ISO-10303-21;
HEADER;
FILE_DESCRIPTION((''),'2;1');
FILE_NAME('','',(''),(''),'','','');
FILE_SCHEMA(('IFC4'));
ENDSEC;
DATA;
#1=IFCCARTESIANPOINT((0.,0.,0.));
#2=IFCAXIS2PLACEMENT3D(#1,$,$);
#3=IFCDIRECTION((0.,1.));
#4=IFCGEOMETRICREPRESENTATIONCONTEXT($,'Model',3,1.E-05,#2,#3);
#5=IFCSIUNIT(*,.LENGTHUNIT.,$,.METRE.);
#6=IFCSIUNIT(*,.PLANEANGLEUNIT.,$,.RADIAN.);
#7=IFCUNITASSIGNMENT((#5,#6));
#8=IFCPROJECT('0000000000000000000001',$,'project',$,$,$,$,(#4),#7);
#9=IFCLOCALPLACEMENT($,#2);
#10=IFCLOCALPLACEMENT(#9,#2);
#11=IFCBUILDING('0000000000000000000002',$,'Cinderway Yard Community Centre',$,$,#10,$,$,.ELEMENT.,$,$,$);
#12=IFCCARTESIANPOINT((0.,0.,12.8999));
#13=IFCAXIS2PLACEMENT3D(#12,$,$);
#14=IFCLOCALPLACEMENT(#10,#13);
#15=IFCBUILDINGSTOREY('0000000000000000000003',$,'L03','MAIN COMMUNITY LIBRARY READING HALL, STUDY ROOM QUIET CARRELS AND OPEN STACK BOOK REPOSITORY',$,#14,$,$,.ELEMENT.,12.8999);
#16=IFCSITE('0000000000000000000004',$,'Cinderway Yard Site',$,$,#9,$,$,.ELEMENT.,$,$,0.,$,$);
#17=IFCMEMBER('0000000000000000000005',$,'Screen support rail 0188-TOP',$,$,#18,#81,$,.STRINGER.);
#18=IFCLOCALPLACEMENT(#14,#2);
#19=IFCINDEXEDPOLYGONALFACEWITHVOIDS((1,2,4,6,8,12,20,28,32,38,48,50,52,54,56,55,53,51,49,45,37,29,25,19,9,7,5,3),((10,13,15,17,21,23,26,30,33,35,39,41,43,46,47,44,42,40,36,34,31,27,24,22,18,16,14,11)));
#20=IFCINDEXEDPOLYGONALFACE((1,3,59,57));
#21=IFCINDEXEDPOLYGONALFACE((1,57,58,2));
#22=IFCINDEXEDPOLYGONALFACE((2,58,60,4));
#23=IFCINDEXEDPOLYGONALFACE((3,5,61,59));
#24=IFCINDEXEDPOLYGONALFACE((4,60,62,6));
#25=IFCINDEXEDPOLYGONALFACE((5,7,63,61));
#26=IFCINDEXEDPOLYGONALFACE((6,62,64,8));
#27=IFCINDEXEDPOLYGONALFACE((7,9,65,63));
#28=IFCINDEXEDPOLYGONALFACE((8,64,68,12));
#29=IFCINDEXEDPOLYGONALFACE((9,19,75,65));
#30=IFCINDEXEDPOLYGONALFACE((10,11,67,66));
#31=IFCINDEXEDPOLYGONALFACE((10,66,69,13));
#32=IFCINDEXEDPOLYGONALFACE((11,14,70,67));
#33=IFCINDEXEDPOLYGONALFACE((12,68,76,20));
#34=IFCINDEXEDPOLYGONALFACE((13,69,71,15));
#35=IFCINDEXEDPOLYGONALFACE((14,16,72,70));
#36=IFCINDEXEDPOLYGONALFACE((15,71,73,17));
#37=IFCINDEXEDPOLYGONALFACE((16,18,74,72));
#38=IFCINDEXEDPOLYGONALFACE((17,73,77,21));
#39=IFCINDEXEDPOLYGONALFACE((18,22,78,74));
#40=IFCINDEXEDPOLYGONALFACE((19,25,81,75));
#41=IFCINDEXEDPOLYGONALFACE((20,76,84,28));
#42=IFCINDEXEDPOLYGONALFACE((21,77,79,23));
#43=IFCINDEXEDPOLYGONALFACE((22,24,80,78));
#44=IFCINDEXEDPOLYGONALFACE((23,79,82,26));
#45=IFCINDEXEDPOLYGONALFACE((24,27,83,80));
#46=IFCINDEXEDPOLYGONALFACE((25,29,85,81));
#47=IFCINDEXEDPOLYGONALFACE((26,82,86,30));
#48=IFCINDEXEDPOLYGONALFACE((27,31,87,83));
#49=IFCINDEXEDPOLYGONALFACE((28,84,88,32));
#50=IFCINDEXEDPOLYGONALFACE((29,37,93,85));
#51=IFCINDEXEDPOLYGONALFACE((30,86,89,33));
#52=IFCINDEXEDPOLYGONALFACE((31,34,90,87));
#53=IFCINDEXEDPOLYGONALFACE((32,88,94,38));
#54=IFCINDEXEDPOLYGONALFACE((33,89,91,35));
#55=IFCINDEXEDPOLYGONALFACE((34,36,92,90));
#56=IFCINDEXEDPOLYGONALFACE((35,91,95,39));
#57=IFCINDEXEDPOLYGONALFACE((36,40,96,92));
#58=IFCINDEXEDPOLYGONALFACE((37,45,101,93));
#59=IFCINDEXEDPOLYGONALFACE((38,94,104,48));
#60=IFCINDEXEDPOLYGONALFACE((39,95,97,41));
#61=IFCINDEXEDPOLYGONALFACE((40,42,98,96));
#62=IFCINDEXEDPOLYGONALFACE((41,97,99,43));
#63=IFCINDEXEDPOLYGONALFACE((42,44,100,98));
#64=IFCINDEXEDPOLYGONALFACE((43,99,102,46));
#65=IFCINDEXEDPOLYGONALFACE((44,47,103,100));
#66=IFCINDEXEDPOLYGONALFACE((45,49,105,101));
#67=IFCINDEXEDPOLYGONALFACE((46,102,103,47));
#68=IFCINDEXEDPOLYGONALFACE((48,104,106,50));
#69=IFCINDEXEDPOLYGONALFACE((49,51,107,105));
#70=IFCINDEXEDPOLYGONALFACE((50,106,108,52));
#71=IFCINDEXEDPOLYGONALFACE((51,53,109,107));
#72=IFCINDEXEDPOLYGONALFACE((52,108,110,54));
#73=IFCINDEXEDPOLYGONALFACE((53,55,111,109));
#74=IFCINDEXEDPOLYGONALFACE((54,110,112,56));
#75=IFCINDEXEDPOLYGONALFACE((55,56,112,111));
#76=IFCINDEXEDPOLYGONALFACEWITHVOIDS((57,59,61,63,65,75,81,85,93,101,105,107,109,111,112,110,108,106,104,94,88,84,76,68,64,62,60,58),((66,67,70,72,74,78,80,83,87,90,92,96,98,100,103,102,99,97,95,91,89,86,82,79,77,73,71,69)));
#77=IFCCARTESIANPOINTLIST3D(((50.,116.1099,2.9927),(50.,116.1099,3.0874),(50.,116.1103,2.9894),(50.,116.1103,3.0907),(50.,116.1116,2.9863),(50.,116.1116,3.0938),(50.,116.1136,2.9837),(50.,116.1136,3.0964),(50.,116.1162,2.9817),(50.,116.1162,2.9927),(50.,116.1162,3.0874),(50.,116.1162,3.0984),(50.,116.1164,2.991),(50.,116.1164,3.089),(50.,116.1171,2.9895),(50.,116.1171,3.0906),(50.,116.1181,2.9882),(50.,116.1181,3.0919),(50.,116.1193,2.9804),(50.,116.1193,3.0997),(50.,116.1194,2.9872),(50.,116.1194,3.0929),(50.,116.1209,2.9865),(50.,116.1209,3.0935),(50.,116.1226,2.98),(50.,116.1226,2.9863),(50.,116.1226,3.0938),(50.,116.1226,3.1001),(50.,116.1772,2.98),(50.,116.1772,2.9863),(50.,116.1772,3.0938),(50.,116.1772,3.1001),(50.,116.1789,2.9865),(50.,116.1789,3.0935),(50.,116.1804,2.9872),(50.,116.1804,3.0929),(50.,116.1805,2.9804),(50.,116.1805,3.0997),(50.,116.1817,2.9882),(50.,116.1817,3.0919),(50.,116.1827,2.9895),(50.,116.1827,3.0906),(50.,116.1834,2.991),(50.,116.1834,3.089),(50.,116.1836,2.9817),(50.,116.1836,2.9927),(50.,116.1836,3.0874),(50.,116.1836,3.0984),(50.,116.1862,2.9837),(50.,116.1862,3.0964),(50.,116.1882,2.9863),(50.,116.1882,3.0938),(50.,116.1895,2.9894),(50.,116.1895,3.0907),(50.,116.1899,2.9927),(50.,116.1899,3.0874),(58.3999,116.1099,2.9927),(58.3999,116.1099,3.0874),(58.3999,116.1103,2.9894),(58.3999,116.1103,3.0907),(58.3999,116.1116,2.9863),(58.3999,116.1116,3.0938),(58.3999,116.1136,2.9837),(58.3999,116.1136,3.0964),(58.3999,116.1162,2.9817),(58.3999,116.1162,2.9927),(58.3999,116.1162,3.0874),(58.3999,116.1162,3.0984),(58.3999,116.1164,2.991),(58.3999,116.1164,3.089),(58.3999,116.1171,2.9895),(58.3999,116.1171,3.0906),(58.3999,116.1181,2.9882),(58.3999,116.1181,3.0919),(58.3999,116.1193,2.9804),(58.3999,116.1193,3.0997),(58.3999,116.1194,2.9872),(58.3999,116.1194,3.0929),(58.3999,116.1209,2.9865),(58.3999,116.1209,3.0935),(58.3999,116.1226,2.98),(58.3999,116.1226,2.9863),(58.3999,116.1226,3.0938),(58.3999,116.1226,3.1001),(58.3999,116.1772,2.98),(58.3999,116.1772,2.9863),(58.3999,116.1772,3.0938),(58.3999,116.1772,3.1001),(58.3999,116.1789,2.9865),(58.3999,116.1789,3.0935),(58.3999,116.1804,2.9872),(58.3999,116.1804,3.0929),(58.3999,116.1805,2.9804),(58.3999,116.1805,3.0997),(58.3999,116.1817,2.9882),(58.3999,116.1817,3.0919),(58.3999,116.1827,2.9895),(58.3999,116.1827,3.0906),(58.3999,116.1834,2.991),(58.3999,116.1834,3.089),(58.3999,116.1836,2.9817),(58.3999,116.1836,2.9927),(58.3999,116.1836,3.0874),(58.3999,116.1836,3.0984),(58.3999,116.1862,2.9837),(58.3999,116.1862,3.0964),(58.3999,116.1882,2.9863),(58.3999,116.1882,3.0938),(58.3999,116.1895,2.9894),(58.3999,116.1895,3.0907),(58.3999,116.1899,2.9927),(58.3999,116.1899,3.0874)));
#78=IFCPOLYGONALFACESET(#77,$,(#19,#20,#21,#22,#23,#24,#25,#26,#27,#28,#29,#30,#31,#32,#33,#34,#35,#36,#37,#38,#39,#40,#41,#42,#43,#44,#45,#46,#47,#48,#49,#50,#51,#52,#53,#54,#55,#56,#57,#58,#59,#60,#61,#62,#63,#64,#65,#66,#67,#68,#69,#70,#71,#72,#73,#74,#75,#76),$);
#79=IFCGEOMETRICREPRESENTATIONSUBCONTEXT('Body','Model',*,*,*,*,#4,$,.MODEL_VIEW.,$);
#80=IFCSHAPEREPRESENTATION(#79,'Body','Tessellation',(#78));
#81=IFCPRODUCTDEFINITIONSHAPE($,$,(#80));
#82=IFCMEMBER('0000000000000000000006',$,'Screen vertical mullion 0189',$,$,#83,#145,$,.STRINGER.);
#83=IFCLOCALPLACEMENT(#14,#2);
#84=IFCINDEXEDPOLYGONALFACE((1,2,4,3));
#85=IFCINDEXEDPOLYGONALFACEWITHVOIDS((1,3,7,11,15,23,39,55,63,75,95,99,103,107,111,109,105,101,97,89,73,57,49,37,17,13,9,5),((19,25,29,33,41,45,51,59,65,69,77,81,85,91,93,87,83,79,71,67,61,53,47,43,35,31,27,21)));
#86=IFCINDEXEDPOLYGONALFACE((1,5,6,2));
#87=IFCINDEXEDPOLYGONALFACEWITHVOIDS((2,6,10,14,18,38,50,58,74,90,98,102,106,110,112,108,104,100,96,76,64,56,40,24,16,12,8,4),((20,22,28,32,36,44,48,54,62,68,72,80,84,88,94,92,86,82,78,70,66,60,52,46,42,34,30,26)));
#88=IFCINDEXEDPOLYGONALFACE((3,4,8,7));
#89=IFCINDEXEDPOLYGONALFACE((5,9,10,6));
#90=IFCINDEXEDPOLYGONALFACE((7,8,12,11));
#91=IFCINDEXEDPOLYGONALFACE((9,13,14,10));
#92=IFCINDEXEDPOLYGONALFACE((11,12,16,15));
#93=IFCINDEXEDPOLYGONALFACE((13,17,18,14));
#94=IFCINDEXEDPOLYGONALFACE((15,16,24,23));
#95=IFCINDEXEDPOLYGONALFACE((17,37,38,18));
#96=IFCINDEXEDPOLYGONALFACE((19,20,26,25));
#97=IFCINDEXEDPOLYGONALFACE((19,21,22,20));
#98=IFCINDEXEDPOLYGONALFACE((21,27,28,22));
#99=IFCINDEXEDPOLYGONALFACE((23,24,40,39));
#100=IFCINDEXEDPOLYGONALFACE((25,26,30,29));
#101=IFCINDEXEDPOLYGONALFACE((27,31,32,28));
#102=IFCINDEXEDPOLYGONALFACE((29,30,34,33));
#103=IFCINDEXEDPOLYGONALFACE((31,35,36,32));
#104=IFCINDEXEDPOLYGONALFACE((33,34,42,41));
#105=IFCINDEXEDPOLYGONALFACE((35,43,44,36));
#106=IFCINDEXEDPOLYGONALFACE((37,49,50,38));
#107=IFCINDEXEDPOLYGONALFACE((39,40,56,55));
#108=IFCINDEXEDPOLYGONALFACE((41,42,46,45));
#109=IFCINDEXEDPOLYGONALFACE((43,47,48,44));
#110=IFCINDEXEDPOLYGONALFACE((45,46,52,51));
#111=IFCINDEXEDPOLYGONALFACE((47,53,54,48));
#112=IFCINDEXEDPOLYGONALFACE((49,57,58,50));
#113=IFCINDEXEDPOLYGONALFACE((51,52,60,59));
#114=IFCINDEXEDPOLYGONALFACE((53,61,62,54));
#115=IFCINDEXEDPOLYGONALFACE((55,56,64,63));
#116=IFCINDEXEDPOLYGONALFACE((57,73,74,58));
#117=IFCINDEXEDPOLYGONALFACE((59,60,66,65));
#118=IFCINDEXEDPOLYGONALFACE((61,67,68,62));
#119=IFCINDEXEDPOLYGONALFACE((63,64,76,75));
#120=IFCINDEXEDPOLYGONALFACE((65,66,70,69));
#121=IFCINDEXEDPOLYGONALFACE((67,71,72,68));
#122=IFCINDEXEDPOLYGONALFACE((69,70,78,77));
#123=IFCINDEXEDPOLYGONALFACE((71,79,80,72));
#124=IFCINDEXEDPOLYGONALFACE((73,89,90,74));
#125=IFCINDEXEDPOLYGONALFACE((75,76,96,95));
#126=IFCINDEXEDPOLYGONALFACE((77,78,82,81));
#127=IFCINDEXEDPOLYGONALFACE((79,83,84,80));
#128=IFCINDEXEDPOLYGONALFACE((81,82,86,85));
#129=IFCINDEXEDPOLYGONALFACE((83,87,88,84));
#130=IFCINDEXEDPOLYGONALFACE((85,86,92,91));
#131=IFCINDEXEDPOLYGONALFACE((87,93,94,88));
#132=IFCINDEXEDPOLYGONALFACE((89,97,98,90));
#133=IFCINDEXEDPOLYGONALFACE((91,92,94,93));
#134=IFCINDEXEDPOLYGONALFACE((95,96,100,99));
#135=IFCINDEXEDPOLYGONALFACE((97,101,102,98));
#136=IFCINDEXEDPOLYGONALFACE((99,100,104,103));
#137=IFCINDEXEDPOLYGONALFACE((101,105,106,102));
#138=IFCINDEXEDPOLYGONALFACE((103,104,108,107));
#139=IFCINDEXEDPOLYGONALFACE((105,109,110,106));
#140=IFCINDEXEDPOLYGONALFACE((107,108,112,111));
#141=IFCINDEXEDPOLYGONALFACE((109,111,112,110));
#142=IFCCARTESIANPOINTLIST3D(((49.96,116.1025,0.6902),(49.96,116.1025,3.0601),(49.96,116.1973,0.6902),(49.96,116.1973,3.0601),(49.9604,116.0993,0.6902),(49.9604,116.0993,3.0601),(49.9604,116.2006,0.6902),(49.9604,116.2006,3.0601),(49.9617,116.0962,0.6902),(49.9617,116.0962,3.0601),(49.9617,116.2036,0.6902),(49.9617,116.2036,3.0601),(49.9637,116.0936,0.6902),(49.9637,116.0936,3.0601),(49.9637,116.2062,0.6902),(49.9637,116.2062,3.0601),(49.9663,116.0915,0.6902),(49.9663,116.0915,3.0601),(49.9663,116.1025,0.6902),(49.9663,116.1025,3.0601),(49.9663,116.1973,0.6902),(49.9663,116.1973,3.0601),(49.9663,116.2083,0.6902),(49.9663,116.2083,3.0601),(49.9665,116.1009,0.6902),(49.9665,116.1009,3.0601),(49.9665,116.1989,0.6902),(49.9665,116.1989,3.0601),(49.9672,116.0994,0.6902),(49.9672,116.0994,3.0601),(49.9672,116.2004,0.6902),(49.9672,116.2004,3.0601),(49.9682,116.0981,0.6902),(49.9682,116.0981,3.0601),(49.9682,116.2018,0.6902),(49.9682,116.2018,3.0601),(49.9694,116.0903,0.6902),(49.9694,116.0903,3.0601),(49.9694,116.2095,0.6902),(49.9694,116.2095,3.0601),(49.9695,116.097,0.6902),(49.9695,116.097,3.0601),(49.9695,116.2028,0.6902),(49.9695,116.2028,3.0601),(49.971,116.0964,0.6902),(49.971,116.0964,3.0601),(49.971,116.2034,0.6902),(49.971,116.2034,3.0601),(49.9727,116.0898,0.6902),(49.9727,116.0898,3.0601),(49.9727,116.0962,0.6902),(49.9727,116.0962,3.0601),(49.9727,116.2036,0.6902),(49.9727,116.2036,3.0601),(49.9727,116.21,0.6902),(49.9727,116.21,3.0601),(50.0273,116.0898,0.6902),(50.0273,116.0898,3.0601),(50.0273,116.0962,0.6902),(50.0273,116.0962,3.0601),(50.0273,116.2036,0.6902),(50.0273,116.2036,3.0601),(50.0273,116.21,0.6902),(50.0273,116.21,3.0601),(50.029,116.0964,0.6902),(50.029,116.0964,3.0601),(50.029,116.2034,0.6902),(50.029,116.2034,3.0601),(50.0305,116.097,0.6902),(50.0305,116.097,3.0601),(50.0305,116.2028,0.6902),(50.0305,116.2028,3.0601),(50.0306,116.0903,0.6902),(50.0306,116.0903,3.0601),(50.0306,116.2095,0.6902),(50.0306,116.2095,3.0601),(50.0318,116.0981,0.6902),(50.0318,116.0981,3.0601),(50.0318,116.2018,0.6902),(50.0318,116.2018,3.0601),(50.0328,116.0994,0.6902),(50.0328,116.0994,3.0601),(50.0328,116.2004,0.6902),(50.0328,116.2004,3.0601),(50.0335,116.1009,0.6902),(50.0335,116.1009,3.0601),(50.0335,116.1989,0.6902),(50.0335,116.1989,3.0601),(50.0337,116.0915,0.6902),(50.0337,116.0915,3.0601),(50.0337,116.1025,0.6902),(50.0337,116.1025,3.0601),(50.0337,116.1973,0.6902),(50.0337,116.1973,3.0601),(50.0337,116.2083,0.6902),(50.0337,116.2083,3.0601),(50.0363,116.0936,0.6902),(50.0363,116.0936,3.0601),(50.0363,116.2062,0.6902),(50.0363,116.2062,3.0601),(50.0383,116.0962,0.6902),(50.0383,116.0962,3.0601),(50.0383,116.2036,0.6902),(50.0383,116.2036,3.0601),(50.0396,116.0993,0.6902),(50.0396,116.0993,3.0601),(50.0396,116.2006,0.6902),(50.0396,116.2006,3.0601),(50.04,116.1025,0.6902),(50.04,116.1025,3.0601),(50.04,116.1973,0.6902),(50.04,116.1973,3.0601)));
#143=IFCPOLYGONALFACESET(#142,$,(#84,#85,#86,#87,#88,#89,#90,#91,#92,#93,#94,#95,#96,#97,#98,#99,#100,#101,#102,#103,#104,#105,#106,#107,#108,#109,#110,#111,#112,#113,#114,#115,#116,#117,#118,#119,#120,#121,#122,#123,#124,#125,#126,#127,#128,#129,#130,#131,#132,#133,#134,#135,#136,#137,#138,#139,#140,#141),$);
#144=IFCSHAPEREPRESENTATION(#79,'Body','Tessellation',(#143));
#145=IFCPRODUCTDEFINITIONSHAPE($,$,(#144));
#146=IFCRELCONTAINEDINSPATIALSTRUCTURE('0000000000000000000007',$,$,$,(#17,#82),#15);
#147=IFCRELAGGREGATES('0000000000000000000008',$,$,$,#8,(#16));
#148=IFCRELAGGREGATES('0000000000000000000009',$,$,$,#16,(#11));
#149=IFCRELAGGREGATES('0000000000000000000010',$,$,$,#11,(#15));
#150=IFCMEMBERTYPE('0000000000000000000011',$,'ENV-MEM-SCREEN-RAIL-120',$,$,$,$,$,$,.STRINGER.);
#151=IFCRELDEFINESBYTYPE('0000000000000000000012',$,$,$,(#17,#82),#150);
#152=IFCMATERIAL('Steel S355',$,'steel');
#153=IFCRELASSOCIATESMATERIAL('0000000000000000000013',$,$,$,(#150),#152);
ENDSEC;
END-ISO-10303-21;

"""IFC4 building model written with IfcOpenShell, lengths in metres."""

from ifc_helpers import new_model, si_unit, direction, frame, origin, origin_2d, place, context, subcontext, project, spatial, hollow_rectangle, extrude, material, material_profile, profile_set, type_object, element, save


model = new_model("IFC4")

# Units and contexts
model_context = context("Model", 3, precision=1e-05, world=origin(), true_north=direction((0.0, 1.0)))
body_context = subcontext(model_context, "Body", "Model", "MODEL_VIEW")
ifc_project = project(units=[si_unit("LENGTHUNIT", "METRE"), si_unit("PLANEANGLEUNIT", "RADIAN")], contexts=[model_context])

# Site, building, storey
site_placement = place(None, origin())
site = spatial("IfcSite", under=ifc_project, at=site_placement, Name="Cinderway Yard Site", CompositionType="ELEMENT", RefElevation=0.0)
building_placement = place(site_placement, origin())
building = spatial("IfcBuilding", under=site, at=building_placement, Name="Cinderway Yard Community Centre", CompositionType="ELEMENT")
storey_placement = place(building_placement, frame((0.0, 0.0, 12.8999)))
storey = spatial("IfcBuildingStorey", under=building, at=storey_placement, Name="L03", Description="MAIN COMMUNITY LIBRARY READING HALL, STUDY ROOM QUIET CARRELS AND OPEN STACK BOOK REPOSITORY", CompositionType="ELEMENT", Elevation=12.8999)

# Members
ifc_material_1 = material(Name="Steel S355", Category="steel")
ifc_material_profile_1 = material_profile(ifc_material_1, hollow_rectangle(XDim=0.0801, YDim=0.1201, WallThickness=0.0063, InnerFilletRadius=0.0063, OuterFilletRadius=0.0127, at=origin_2d()), Name="Steel S355")
ifc_profile_set_1 = profile_set([ifc_material_profile_1], Name="Steel S355")
member_type_1 = type_object("IfcMemberType", Name="ENV-MEM-SCREEN-RAIL-120", PredefinedType="STRINGER", material=ifc_profile_set_1)
for number, where, z_axis, x_axis, name in (
    (1, (50.0, 116.1499, 3.04), (1.0, 0.0, 0.0), (0.0, 1.0, 0.0), "Screen support rail 0188-TOP"),
):
    element("IfcMember", number, at=place(storey_placement, frame(where, z_axis=z_axis, x_axis=x_axis)), inside=storey, type_object=member_type_1, Name=name, PredefinedType="STRINGER", context=body_context, shape_type="SweptSolid", body=[
        extrude(hollow_rectangle(XDim=0.0801, YDim=0.1201, WallThickness=0.0063, InnerFilletRadius=0.0063, OuterFilletRadius=0.0127, at=origin_2d()), origin(), (0.0, 0.0, 1.0), 8.3999),
    ])
for number, where, z_axis, x_axis, name in (
    (2, (50.0, 116.1499, 0.6902), (0.0, 0.0, 1.0), (1.0, 0.0, 0.0), "Screen vertical mullion 0189"),
):
    element("IfcMember", number, at=place(storey_placement, frame(where, z_axis=z_axis, x_axis=x_axis)), inside=storey, type_object=member_type_1, Name=name, PredefinedType="STRINGER", context=body_context, shape_type="SweptSolid", body=[
        extrude(hollow_rectangle(XDim=0.0801, YDim=0.1201, WallThickness=0.0063, InnerFilletRadius=0.0063, OuterFilletRadius=0.0127, at=origin_2d()), origin(), (0.0, 0.0, 1.0), 2.3699),
    ])

save(model, "model.ifc")
